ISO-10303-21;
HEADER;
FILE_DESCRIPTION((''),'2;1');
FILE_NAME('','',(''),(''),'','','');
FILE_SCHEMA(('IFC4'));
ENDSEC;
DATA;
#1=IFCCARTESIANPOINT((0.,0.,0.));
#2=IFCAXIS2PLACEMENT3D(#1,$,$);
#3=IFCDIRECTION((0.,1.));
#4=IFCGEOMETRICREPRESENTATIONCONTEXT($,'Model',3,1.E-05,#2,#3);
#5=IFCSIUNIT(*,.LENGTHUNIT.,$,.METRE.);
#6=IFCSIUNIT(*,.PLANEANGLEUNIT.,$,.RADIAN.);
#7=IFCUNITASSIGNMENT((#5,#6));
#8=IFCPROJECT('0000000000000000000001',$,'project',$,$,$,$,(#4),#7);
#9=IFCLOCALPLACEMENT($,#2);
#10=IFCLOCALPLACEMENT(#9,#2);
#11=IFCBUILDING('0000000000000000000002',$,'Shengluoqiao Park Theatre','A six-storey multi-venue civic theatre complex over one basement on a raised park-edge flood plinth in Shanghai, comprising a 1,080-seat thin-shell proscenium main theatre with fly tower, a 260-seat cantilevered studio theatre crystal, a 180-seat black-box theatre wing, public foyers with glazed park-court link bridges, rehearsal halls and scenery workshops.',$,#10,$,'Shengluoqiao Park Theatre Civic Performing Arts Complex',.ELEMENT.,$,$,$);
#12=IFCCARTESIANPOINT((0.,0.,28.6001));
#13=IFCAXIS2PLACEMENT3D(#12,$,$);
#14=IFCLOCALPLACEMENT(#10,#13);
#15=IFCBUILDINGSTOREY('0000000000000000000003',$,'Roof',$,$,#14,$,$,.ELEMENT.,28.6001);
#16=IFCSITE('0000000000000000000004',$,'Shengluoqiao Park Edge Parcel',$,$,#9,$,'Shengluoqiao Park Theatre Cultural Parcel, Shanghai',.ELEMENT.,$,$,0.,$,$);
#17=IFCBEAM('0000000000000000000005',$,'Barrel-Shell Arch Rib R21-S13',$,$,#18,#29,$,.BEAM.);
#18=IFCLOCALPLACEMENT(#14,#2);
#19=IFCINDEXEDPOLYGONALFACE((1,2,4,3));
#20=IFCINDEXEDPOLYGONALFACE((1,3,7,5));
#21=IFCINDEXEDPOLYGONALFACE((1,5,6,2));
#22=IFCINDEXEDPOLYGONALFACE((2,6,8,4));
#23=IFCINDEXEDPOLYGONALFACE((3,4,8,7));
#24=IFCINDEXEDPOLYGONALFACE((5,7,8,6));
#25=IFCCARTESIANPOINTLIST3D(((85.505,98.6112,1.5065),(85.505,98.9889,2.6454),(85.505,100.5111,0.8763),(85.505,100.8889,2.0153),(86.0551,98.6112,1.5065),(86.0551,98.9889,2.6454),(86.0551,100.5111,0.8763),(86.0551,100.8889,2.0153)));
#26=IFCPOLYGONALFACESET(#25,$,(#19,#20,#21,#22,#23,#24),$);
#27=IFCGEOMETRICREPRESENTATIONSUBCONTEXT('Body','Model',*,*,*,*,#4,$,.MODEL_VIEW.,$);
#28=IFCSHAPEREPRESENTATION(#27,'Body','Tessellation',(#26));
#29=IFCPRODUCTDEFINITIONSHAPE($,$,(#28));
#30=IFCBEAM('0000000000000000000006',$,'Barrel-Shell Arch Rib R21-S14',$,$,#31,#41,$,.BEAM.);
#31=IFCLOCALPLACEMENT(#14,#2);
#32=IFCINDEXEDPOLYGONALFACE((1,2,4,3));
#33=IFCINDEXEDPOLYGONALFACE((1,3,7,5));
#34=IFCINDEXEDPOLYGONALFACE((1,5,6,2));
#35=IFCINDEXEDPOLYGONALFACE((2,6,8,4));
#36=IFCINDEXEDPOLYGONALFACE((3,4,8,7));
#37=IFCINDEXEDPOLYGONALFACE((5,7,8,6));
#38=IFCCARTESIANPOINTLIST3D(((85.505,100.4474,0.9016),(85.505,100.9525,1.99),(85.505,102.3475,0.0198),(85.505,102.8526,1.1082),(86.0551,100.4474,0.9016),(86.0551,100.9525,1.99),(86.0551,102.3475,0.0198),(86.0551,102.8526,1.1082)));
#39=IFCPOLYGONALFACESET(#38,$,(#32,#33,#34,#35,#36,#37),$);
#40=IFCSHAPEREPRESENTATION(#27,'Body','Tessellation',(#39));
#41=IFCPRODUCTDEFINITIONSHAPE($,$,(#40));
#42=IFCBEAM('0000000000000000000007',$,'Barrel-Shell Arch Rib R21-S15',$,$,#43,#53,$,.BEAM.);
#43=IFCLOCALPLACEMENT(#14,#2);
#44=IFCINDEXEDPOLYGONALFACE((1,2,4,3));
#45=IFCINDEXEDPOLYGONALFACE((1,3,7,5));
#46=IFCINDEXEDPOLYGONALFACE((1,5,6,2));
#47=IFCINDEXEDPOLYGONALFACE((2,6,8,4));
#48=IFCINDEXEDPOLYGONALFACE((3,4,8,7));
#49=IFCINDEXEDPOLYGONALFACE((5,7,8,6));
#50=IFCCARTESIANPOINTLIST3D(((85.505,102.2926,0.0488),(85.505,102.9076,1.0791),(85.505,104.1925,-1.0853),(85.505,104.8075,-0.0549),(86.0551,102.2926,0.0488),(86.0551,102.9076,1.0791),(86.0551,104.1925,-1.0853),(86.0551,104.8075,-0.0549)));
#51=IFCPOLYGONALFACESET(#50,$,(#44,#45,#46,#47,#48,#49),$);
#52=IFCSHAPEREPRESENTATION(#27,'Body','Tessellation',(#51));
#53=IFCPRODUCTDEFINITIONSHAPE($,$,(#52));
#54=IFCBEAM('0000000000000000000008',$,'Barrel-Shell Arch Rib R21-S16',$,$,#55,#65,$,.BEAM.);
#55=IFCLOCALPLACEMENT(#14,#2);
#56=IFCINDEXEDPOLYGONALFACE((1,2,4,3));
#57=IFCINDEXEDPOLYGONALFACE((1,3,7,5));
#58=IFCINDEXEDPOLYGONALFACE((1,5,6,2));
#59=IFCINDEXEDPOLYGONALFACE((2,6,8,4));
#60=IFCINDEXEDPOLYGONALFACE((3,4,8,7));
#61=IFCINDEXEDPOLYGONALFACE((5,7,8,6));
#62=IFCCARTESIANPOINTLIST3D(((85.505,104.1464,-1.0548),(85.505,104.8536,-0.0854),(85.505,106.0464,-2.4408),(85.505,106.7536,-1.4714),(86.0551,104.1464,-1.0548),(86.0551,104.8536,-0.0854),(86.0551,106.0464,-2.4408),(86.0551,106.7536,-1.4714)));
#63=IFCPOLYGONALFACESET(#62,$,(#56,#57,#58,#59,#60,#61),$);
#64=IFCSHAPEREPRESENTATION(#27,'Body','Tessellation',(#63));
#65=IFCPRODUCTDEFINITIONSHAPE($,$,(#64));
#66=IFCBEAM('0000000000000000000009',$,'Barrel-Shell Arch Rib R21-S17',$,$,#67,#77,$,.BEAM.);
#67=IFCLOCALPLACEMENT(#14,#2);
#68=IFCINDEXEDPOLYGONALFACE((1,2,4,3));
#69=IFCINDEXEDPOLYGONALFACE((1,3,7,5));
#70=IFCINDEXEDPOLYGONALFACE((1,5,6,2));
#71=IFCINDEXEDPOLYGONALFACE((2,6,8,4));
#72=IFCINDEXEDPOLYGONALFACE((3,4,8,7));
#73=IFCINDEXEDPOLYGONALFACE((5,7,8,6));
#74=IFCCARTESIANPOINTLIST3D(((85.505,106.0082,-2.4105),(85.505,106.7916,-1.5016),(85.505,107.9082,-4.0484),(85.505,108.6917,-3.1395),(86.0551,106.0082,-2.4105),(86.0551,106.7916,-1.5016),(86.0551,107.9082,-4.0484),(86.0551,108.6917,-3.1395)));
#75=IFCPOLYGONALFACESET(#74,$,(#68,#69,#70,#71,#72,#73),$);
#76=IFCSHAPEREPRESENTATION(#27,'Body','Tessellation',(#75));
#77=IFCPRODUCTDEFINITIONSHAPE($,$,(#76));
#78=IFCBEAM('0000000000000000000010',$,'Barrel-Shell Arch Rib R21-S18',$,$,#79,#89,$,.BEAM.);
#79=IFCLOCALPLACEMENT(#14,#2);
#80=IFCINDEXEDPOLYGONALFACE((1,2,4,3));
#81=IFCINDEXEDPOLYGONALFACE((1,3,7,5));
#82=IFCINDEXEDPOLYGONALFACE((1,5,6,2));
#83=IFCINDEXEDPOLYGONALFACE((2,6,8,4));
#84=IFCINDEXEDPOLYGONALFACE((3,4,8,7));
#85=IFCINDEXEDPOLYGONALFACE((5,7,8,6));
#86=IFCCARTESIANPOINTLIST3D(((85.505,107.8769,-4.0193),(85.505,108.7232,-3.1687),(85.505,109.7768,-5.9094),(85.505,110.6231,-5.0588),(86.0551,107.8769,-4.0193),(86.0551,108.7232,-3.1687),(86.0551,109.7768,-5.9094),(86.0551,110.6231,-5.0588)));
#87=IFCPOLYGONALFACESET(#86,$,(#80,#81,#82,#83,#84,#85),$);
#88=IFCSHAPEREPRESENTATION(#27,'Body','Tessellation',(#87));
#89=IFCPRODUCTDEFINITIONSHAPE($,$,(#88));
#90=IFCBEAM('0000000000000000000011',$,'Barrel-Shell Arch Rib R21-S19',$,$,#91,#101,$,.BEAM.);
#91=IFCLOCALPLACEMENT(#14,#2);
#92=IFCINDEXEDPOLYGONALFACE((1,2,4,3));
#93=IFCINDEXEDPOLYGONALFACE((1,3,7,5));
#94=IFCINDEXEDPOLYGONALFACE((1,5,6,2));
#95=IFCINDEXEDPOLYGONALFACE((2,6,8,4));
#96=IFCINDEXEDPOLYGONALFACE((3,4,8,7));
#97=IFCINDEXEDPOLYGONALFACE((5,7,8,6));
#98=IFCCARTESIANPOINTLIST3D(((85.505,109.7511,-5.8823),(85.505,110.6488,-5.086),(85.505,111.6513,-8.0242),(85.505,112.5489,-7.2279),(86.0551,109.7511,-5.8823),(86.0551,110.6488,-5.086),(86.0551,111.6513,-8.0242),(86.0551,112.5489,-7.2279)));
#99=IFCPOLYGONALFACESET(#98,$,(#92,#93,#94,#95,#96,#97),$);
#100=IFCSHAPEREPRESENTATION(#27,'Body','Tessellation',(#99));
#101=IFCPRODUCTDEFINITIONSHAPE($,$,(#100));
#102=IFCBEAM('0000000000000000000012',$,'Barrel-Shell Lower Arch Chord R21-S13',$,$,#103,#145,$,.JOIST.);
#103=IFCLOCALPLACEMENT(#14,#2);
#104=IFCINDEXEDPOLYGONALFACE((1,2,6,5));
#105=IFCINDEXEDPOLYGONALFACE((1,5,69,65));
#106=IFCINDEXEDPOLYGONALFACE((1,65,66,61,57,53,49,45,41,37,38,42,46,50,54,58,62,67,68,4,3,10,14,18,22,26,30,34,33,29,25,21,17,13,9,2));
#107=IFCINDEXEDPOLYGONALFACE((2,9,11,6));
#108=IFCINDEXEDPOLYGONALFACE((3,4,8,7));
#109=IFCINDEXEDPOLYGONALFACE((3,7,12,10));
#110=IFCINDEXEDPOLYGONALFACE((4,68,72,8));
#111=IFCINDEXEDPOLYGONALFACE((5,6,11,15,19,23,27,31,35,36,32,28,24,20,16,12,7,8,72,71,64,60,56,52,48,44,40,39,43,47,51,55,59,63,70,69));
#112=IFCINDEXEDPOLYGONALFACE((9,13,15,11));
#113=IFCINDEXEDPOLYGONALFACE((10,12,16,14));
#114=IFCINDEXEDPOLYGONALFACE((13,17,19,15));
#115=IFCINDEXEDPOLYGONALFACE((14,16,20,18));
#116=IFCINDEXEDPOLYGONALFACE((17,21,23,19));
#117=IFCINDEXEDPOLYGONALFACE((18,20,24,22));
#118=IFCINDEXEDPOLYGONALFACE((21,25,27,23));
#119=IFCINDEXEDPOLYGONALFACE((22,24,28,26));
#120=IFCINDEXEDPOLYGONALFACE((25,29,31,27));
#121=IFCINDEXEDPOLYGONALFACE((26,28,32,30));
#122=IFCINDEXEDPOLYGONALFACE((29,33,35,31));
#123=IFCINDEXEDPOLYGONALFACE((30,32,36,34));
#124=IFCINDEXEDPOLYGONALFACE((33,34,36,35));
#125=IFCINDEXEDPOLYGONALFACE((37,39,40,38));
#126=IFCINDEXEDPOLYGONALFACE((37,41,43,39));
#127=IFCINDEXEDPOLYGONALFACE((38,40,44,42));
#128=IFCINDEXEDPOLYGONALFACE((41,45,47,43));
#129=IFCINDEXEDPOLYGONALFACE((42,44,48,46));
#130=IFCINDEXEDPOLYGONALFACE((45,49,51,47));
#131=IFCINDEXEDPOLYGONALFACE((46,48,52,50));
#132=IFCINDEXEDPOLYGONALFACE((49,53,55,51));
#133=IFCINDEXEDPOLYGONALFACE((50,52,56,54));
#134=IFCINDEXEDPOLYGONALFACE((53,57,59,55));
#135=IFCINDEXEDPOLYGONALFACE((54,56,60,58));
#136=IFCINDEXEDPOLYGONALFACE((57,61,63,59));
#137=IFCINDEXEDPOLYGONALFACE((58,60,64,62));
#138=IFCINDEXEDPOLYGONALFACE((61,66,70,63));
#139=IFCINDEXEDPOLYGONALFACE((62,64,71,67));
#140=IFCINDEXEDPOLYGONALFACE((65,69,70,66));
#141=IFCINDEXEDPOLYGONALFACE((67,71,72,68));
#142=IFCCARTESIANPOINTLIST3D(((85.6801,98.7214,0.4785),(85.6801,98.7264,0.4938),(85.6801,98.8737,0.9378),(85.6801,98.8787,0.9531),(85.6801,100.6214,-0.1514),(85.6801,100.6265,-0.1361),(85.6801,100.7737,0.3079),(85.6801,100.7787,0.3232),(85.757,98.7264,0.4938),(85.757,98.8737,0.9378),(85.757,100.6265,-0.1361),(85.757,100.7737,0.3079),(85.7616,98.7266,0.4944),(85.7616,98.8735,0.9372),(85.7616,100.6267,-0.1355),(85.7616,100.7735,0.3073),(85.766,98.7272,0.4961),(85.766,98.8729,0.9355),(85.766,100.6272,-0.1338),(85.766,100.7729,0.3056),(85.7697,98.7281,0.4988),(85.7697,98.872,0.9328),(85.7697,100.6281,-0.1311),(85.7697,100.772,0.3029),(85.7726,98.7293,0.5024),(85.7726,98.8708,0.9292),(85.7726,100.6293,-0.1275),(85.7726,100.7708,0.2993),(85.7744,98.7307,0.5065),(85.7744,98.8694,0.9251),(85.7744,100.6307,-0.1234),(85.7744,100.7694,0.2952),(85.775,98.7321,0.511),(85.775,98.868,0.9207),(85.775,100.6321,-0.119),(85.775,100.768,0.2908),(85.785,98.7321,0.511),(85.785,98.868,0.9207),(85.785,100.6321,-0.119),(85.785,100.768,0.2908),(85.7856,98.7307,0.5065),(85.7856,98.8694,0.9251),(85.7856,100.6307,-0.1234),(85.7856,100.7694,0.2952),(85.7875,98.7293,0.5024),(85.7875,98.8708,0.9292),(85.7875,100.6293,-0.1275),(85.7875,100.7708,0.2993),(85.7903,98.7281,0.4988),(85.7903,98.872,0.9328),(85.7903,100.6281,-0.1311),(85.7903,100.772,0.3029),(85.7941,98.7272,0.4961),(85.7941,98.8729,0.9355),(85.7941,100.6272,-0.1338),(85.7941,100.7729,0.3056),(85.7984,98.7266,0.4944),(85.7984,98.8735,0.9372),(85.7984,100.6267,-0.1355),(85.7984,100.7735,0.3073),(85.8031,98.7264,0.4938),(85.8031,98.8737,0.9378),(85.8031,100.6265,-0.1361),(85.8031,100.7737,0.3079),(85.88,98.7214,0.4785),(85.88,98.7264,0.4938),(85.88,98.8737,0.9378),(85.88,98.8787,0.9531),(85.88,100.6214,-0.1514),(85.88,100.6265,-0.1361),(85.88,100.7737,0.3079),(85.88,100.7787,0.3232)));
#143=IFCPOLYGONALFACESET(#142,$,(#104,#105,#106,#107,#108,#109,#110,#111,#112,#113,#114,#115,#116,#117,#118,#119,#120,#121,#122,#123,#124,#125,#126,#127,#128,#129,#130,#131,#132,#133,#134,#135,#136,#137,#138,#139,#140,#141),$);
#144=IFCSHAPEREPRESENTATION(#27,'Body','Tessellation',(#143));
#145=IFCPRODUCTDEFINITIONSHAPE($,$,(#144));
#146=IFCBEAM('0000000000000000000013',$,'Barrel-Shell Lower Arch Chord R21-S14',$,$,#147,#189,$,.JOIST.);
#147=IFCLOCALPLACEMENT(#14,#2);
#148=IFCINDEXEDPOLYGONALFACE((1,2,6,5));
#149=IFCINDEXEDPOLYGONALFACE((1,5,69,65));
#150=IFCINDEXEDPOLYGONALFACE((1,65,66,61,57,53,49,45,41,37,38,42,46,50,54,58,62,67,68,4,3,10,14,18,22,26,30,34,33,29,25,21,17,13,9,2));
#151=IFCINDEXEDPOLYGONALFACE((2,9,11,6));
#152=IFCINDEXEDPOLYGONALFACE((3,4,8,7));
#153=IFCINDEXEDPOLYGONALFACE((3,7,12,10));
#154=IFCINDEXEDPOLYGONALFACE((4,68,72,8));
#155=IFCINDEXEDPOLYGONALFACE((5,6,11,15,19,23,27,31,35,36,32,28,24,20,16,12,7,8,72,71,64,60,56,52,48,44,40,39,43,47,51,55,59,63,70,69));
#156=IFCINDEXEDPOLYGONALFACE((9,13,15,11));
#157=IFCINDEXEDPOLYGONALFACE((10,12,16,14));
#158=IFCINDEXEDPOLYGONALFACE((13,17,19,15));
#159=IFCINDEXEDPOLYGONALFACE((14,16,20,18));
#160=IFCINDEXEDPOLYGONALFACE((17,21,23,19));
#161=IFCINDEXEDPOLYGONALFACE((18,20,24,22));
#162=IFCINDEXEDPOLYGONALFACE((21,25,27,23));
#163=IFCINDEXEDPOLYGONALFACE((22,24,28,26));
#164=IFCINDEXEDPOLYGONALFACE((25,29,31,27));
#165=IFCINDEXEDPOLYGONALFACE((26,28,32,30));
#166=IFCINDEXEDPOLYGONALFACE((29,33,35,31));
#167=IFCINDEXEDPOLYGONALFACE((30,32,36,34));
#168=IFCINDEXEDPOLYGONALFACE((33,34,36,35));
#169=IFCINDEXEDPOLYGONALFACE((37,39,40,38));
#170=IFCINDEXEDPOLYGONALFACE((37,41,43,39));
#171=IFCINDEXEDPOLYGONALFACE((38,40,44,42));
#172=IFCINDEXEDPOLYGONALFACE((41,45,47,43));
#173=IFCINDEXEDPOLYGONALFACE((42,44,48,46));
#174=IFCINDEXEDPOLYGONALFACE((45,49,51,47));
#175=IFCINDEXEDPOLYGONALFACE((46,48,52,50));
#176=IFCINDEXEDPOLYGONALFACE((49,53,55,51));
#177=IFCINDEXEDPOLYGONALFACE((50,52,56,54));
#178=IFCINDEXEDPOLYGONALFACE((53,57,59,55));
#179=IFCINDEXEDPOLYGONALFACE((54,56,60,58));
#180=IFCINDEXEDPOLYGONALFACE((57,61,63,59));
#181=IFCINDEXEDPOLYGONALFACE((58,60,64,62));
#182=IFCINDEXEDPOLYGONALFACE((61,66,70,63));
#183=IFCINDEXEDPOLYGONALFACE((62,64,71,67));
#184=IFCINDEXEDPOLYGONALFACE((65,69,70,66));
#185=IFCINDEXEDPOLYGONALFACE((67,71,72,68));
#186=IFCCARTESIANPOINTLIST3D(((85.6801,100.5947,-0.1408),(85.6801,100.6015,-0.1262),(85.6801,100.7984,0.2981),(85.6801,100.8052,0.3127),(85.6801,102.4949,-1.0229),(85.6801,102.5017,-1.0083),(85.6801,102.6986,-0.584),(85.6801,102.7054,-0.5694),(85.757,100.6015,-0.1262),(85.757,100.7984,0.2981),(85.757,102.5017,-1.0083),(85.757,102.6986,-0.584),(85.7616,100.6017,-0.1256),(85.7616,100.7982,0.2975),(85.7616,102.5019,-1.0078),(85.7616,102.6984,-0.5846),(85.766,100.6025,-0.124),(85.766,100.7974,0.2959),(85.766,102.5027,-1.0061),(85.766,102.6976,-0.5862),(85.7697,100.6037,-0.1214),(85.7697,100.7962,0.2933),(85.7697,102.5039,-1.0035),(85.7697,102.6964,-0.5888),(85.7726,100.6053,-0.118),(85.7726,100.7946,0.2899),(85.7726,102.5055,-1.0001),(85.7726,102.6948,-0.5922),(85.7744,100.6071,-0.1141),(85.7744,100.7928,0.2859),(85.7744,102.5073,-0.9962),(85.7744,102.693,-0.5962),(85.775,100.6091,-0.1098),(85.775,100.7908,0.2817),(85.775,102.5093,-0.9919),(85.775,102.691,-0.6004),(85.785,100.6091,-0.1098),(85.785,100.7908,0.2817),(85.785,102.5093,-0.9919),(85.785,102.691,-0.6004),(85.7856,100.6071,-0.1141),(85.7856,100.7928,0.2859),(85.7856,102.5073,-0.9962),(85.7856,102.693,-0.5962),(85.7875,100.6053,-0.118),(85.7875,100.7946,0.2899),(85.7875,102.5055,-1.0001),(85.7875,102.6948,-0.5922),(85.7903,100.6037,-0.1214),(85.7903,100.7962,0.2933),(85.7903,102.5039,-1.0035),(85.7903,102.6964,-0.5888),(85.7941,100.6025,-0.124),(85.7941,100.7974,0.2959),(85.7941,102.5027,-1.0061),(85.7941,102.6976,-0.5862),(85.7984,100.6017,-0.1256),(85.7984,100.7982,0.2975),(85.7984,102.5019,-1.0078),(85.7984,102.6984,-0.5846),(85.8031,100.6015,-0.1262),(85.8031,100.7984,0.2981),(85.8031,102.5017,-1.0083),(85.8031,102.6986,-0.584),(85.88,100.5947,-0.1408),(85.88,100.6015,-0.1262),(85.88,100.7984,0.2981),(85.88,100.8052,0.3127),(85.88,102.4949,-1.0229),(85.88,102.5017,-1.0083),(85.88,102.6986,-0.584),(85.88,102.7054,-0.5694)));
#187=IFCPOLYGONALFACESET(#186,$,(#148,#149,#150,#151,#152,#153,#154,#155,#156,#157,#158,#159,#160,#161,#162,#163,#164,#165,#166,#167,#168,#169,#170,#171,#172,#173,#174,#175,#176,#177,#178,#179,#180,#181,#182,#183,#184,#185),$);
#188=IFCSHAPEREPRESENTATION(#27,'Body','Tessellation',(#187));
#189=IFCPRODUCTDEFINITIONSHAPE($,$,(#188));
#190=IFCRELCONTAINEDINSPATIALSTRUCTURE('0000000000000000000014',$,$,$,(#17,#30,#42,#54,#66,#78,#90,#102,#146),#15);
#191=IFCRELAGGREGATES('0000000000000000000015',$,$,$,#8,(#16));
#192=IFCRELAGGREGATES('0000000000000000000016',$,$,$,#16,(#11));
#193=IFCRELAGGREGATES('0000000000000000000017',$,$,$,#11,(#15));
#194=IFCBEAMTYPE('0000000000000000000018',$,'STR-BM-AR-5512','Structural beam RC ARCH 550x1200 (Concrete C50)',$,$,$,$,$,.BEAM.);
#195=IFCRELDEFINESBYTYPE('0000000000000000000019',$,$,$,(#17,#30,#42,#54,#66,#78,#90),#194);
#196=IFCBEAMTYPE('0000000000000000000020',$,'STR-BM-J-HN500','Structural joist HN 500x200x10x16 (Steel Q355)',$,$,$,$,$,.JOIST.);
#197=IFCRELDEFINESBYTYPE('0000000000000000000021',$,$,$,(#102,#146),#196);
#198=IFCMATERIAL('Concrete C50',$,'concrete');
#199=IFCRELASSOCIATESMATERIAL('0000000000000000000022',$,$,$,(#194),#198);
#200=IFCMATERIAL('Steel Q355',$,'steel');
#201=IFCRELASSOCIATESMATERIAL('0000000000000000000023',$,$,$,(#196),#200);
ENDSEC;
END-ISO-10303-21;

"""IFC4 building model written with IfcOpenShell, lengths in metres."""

from ifc_helpers import new_model, si_unit, direction, frame, origin, origin_2d, place, context, subcontext, project, spatial, rectangle, i_section, extrude, material, material_profile, profile_set, type_object, element, save


model = new_model("IFC4")

# Units and contexts
model_context = context("Model", 3, precision=1e-05, world=origin(), true_north=direction((0.0, 1.0)))
body_context = subcontext(model_context, "Body", "Model", "MODEL_VIEW")
ifc_project = project(units=[si_unit("LENGTHUNIT", "METRE"), si_unit("PLANEANGLEUNIT", "RADIAN")], contexts=[model_context])

# Site, building, storey
site_placement = place(None, origin())
site = spatial("IfcSite", under=ifc_project, at=site_placement, Name="Shengluoqiao Park Edge Parcel", LongName="Shengluoqiao Park Theatre Cultural Parcel, Shanghai", CompositionType="ELEMENT", RefElevation=0.0)
building_placement = place(site_placement, origin())
building = spatial("IfcBuilding", under=site, at=building_placement, Name="Shengluoqiao Park Theatre", Description="A six-storey multi-venue civic theatre complex over one basement on a raised park-edge flood plinth in Shanghai, comprising a 1,080-seat thin-shell proscenium main theatre with fly tower, a 260-seat cantilevered studio theatre crystal, a 180-seat black-box theatre wing, public foyers with glazed park-court link bridges, rehearsal halls and scenery workshops.", LongName="Shengluoqiao Park Theatre Civic Performing Arts Complex", CompositionType="ELEMENT")
storey_placement = place(building_placement, frame((0.0, 0.0, 28.6001)))
storey = spatial("IfcBuildingStorey", under=building, at=storey_placement, Name="Roof", CompositionType="ELEMENT", Elevation=28.6001)

# Beams
ifc_material_1 = material(Name="Concrete C50", Category="concrete")
ifc_material_profile_1 = material_profile(ifc_material_1, rectangle(XDim=0.55, YDim=1.2, at=origin_2d()), Name="RC ARCH 550x1200")
ifc_profile_set_1 = profile_set([ifc_material_profile_1], Name="Concrete C50")
beam_type_1 = type_object("IfcBeamType", Name="STR-BM-AR-5512", Description="Structural beam RC ARCH 550x1200 (Concrete C50)", PredefinedType="BEAM", material=ifc_profile_set_1)
beam_1_placement = place(storey_placement, frame((85.78, 98.8, 2.0759), z_axis=(0.0, 0.949158, -0.3148), x_axis=(-1.0, 0.0, 0.0)))
element("IfcBeam", 1, at=beam_1_placement, inside=storey, type_object=beam_type_1, Name="Barrel-Shell Arch Rib R21-S13", PredefinedType="BEAM", context=body_context, shape_type="SweptSolid", body=[
    extrude(rectangle(XDim=0.55, YDim=1.2, at=origin_2d()), origin(), (0.0, 0.0, 1.0), 2.0017),
])
beam_2_placement = place(storey_placement, frame((85.78, 100.7, 1.4458), z_axis=(0.0, 0.907077, -0.420964), x_axis=(-1.0, 0.0, 0.0)))
element("IfcBeam", 2, at=beam_2_placement, inside=storey, type_object=beam_type_1, Name="Barrel-Shell Arch Rib R21-S14", PredefinedType="BEAM", context=body_context, shape_type="SweptSolid", body=[
    extrude(rectangle(XDim=0.55, YDim=1.2, at=origin_2d()), origin(), (0.0, 0.0, 1.0), 2.0947),
])
beam_3_placement = place(storey_placement, frame((85.78, 102.6001, 0.564), z_axis=(0.0, 0.858669, -0.512531), x_axis=(-1.0, 0.0, 0.0)))
element("IfcBeam", 3, at=beam_3_placement, inside=storey, type_object=beam_type_1, Name="Barrel-Shell Arch Rib R21-S15", PredefinedType="BEAM", context=body_context, shape_type="SweptSolid", body=[
    extrude(rectangle(XDim=0.55, YDim=1.2, at=origin_2d()), origin(), (0.0, 0.0, 1.0), 2.2126),
])
beam_4_placement = place(storey_placement, frame((85.78, 104.5, -0.5701), z_axis=(0.0, 0.807878, -0.58935), x_axis=(-1.0, 0.0, 0.0)))
element("IfcBeam", 4, at=beam_4_placement, inside=storey, type_object=beam_type_1, Name="Barrel-Shell Arch Rib R21-S16", PredefinedType="BEAM", context=body_context, shape_type="SweptSolid", body=[
    extrude(rectangle(XDim=0.55, YDim=1.2, at=origin_2d()), origin(), (0.0, 0.0, 1.0), 2.3518),
])
beam_5_placement = place(storey_placement, frame((85.78, 106.3999, -1.9561), z_axis=(0.0, 0.757433, -0.652913), x_axis=(-1.0, 0.0, 0.0)))
element("IfcBeam", 5, at=beam_5_placement, inside=storey, type_object=beam_type_1, Name="Barrel-Shell Arch Rib R21-S17", PredefinedType="BEAM", context=body_context, shape_type="SweptSolid", body=[
    extrude(rectangle(XDim=0.55, YDim=1.2, at=origin_2d()), origin(), (0.0, 0.0, 1.0), 2.5085),
])
beam_6_placement = place(storey_placement, frame((85.78, 108.3, -3.594), z_axis=(0.0, 0.708926, -0.705282), x_axis=(-1.0, 0.0, 0.0)))
element("IfcBeam", 6, at=beam_6_placement, inside=storey, type_object=beam_type_1, Name="Barrel-Shell Arch Rib R21-S18", PredefinedType="BEAM", context=body_context, shape_type="SweptSolid", body=[
    extrude(rectangle(XDim=0.55, YDim=1.2, at=origin_2d()), origin(), (0.0, 0.0, 1.0), 2.6799),
])
beam_7_placement = place(storey_placement, frame((85.78, 110.2, -5.4841), z_axis=(0.0, 0.663638, -0.748053), x_axis=(-1.0, 0.0, 0.0)))
element("IfcBeam", 7, at=beam_7_placement, inside=storey, type_object=beam_type_1, Name="Barrel-Shell Arch Rib R21-S19", PredefinedType="BEAM", context=body_context, shape_type="SweptSolid", body=[
    extrude(rectangle(XDim=0.55, YDim=1.2, at=origin_2d()), origin(), (0.0, 0.0, 1.0), 2.8633),
])
ifc_material_2 = material(Name="Steel Q355", Category="steel")
ifc_material_profile_2 = material_profile(ifc_material_2, i_section(OverallWidth=0.2, OverallDepth=0.5, WebThickness=0.01, FlangeThickness=0.0161, FilletRadius=0.0181, at=origin_2d()), Name="HN 500x200x10x16")
ifc_profile_set_2 = profile_set([ifc_material_profile_2], Name="Steel Q355")
beam_type_2 = type_object("IfcBeamType", Name="STR-BM-J-HN500", Description="Structural joist HN 500x200x10x16 (Steel Q355)", PredefinedType="JOIST", material=ifc_profile_set_2)
beam_8_placement = place(storey_placement, frame((85.78, 98.8, 0.7158), z_axis=(0.0, 0.949194, -0.31469), x_axis=(-1.0, 0.0, 0.0)))
element("IfcBeam", 8, at=beam_8_placement, inside=storey, type_object=beam_type_2, Name="Barrel-Shell Lower Arch Chord R21-S13", PredefinedType="JOIST", context=body_context, shape_type="SweptSolid", body=[
    extrude(i_section(OverallWidth=0.2, OverallDepth=0.5, WebThickness=0.01, FlangeThickness=0.0161, FilletRadius=0.0181, at=origin_2d()), origin(), (0.0, 0.0, 1.0), 2.0017),
])
beam_9_placement = place(storey_placement, frame((85.78, 100.7, 0.0859), z_axis=(0.0, 0.907033, -0.42106), x_axis=(-1.0, 0.0, 0.0)))
element("IfcBeam", 9, at=beam_9_placement, inside=storey, type_object=beam_type_2, Name="Barrel-Shell Lower Arch Chord R21-S14", PredefinedType="JOIST", context=body_context, shape_type="SweptSolid", body=[
    extrude(i_section(OverallWidth=0.2, OverallDepth=0.5, WebThickness=0.01, FlangeThickness=0.0161, FilletRadius=0.0181, at=origin_2d()), origin(), (0.0, 0.0, 1.0), 2.095),
])

save(model, "model.ifc")
